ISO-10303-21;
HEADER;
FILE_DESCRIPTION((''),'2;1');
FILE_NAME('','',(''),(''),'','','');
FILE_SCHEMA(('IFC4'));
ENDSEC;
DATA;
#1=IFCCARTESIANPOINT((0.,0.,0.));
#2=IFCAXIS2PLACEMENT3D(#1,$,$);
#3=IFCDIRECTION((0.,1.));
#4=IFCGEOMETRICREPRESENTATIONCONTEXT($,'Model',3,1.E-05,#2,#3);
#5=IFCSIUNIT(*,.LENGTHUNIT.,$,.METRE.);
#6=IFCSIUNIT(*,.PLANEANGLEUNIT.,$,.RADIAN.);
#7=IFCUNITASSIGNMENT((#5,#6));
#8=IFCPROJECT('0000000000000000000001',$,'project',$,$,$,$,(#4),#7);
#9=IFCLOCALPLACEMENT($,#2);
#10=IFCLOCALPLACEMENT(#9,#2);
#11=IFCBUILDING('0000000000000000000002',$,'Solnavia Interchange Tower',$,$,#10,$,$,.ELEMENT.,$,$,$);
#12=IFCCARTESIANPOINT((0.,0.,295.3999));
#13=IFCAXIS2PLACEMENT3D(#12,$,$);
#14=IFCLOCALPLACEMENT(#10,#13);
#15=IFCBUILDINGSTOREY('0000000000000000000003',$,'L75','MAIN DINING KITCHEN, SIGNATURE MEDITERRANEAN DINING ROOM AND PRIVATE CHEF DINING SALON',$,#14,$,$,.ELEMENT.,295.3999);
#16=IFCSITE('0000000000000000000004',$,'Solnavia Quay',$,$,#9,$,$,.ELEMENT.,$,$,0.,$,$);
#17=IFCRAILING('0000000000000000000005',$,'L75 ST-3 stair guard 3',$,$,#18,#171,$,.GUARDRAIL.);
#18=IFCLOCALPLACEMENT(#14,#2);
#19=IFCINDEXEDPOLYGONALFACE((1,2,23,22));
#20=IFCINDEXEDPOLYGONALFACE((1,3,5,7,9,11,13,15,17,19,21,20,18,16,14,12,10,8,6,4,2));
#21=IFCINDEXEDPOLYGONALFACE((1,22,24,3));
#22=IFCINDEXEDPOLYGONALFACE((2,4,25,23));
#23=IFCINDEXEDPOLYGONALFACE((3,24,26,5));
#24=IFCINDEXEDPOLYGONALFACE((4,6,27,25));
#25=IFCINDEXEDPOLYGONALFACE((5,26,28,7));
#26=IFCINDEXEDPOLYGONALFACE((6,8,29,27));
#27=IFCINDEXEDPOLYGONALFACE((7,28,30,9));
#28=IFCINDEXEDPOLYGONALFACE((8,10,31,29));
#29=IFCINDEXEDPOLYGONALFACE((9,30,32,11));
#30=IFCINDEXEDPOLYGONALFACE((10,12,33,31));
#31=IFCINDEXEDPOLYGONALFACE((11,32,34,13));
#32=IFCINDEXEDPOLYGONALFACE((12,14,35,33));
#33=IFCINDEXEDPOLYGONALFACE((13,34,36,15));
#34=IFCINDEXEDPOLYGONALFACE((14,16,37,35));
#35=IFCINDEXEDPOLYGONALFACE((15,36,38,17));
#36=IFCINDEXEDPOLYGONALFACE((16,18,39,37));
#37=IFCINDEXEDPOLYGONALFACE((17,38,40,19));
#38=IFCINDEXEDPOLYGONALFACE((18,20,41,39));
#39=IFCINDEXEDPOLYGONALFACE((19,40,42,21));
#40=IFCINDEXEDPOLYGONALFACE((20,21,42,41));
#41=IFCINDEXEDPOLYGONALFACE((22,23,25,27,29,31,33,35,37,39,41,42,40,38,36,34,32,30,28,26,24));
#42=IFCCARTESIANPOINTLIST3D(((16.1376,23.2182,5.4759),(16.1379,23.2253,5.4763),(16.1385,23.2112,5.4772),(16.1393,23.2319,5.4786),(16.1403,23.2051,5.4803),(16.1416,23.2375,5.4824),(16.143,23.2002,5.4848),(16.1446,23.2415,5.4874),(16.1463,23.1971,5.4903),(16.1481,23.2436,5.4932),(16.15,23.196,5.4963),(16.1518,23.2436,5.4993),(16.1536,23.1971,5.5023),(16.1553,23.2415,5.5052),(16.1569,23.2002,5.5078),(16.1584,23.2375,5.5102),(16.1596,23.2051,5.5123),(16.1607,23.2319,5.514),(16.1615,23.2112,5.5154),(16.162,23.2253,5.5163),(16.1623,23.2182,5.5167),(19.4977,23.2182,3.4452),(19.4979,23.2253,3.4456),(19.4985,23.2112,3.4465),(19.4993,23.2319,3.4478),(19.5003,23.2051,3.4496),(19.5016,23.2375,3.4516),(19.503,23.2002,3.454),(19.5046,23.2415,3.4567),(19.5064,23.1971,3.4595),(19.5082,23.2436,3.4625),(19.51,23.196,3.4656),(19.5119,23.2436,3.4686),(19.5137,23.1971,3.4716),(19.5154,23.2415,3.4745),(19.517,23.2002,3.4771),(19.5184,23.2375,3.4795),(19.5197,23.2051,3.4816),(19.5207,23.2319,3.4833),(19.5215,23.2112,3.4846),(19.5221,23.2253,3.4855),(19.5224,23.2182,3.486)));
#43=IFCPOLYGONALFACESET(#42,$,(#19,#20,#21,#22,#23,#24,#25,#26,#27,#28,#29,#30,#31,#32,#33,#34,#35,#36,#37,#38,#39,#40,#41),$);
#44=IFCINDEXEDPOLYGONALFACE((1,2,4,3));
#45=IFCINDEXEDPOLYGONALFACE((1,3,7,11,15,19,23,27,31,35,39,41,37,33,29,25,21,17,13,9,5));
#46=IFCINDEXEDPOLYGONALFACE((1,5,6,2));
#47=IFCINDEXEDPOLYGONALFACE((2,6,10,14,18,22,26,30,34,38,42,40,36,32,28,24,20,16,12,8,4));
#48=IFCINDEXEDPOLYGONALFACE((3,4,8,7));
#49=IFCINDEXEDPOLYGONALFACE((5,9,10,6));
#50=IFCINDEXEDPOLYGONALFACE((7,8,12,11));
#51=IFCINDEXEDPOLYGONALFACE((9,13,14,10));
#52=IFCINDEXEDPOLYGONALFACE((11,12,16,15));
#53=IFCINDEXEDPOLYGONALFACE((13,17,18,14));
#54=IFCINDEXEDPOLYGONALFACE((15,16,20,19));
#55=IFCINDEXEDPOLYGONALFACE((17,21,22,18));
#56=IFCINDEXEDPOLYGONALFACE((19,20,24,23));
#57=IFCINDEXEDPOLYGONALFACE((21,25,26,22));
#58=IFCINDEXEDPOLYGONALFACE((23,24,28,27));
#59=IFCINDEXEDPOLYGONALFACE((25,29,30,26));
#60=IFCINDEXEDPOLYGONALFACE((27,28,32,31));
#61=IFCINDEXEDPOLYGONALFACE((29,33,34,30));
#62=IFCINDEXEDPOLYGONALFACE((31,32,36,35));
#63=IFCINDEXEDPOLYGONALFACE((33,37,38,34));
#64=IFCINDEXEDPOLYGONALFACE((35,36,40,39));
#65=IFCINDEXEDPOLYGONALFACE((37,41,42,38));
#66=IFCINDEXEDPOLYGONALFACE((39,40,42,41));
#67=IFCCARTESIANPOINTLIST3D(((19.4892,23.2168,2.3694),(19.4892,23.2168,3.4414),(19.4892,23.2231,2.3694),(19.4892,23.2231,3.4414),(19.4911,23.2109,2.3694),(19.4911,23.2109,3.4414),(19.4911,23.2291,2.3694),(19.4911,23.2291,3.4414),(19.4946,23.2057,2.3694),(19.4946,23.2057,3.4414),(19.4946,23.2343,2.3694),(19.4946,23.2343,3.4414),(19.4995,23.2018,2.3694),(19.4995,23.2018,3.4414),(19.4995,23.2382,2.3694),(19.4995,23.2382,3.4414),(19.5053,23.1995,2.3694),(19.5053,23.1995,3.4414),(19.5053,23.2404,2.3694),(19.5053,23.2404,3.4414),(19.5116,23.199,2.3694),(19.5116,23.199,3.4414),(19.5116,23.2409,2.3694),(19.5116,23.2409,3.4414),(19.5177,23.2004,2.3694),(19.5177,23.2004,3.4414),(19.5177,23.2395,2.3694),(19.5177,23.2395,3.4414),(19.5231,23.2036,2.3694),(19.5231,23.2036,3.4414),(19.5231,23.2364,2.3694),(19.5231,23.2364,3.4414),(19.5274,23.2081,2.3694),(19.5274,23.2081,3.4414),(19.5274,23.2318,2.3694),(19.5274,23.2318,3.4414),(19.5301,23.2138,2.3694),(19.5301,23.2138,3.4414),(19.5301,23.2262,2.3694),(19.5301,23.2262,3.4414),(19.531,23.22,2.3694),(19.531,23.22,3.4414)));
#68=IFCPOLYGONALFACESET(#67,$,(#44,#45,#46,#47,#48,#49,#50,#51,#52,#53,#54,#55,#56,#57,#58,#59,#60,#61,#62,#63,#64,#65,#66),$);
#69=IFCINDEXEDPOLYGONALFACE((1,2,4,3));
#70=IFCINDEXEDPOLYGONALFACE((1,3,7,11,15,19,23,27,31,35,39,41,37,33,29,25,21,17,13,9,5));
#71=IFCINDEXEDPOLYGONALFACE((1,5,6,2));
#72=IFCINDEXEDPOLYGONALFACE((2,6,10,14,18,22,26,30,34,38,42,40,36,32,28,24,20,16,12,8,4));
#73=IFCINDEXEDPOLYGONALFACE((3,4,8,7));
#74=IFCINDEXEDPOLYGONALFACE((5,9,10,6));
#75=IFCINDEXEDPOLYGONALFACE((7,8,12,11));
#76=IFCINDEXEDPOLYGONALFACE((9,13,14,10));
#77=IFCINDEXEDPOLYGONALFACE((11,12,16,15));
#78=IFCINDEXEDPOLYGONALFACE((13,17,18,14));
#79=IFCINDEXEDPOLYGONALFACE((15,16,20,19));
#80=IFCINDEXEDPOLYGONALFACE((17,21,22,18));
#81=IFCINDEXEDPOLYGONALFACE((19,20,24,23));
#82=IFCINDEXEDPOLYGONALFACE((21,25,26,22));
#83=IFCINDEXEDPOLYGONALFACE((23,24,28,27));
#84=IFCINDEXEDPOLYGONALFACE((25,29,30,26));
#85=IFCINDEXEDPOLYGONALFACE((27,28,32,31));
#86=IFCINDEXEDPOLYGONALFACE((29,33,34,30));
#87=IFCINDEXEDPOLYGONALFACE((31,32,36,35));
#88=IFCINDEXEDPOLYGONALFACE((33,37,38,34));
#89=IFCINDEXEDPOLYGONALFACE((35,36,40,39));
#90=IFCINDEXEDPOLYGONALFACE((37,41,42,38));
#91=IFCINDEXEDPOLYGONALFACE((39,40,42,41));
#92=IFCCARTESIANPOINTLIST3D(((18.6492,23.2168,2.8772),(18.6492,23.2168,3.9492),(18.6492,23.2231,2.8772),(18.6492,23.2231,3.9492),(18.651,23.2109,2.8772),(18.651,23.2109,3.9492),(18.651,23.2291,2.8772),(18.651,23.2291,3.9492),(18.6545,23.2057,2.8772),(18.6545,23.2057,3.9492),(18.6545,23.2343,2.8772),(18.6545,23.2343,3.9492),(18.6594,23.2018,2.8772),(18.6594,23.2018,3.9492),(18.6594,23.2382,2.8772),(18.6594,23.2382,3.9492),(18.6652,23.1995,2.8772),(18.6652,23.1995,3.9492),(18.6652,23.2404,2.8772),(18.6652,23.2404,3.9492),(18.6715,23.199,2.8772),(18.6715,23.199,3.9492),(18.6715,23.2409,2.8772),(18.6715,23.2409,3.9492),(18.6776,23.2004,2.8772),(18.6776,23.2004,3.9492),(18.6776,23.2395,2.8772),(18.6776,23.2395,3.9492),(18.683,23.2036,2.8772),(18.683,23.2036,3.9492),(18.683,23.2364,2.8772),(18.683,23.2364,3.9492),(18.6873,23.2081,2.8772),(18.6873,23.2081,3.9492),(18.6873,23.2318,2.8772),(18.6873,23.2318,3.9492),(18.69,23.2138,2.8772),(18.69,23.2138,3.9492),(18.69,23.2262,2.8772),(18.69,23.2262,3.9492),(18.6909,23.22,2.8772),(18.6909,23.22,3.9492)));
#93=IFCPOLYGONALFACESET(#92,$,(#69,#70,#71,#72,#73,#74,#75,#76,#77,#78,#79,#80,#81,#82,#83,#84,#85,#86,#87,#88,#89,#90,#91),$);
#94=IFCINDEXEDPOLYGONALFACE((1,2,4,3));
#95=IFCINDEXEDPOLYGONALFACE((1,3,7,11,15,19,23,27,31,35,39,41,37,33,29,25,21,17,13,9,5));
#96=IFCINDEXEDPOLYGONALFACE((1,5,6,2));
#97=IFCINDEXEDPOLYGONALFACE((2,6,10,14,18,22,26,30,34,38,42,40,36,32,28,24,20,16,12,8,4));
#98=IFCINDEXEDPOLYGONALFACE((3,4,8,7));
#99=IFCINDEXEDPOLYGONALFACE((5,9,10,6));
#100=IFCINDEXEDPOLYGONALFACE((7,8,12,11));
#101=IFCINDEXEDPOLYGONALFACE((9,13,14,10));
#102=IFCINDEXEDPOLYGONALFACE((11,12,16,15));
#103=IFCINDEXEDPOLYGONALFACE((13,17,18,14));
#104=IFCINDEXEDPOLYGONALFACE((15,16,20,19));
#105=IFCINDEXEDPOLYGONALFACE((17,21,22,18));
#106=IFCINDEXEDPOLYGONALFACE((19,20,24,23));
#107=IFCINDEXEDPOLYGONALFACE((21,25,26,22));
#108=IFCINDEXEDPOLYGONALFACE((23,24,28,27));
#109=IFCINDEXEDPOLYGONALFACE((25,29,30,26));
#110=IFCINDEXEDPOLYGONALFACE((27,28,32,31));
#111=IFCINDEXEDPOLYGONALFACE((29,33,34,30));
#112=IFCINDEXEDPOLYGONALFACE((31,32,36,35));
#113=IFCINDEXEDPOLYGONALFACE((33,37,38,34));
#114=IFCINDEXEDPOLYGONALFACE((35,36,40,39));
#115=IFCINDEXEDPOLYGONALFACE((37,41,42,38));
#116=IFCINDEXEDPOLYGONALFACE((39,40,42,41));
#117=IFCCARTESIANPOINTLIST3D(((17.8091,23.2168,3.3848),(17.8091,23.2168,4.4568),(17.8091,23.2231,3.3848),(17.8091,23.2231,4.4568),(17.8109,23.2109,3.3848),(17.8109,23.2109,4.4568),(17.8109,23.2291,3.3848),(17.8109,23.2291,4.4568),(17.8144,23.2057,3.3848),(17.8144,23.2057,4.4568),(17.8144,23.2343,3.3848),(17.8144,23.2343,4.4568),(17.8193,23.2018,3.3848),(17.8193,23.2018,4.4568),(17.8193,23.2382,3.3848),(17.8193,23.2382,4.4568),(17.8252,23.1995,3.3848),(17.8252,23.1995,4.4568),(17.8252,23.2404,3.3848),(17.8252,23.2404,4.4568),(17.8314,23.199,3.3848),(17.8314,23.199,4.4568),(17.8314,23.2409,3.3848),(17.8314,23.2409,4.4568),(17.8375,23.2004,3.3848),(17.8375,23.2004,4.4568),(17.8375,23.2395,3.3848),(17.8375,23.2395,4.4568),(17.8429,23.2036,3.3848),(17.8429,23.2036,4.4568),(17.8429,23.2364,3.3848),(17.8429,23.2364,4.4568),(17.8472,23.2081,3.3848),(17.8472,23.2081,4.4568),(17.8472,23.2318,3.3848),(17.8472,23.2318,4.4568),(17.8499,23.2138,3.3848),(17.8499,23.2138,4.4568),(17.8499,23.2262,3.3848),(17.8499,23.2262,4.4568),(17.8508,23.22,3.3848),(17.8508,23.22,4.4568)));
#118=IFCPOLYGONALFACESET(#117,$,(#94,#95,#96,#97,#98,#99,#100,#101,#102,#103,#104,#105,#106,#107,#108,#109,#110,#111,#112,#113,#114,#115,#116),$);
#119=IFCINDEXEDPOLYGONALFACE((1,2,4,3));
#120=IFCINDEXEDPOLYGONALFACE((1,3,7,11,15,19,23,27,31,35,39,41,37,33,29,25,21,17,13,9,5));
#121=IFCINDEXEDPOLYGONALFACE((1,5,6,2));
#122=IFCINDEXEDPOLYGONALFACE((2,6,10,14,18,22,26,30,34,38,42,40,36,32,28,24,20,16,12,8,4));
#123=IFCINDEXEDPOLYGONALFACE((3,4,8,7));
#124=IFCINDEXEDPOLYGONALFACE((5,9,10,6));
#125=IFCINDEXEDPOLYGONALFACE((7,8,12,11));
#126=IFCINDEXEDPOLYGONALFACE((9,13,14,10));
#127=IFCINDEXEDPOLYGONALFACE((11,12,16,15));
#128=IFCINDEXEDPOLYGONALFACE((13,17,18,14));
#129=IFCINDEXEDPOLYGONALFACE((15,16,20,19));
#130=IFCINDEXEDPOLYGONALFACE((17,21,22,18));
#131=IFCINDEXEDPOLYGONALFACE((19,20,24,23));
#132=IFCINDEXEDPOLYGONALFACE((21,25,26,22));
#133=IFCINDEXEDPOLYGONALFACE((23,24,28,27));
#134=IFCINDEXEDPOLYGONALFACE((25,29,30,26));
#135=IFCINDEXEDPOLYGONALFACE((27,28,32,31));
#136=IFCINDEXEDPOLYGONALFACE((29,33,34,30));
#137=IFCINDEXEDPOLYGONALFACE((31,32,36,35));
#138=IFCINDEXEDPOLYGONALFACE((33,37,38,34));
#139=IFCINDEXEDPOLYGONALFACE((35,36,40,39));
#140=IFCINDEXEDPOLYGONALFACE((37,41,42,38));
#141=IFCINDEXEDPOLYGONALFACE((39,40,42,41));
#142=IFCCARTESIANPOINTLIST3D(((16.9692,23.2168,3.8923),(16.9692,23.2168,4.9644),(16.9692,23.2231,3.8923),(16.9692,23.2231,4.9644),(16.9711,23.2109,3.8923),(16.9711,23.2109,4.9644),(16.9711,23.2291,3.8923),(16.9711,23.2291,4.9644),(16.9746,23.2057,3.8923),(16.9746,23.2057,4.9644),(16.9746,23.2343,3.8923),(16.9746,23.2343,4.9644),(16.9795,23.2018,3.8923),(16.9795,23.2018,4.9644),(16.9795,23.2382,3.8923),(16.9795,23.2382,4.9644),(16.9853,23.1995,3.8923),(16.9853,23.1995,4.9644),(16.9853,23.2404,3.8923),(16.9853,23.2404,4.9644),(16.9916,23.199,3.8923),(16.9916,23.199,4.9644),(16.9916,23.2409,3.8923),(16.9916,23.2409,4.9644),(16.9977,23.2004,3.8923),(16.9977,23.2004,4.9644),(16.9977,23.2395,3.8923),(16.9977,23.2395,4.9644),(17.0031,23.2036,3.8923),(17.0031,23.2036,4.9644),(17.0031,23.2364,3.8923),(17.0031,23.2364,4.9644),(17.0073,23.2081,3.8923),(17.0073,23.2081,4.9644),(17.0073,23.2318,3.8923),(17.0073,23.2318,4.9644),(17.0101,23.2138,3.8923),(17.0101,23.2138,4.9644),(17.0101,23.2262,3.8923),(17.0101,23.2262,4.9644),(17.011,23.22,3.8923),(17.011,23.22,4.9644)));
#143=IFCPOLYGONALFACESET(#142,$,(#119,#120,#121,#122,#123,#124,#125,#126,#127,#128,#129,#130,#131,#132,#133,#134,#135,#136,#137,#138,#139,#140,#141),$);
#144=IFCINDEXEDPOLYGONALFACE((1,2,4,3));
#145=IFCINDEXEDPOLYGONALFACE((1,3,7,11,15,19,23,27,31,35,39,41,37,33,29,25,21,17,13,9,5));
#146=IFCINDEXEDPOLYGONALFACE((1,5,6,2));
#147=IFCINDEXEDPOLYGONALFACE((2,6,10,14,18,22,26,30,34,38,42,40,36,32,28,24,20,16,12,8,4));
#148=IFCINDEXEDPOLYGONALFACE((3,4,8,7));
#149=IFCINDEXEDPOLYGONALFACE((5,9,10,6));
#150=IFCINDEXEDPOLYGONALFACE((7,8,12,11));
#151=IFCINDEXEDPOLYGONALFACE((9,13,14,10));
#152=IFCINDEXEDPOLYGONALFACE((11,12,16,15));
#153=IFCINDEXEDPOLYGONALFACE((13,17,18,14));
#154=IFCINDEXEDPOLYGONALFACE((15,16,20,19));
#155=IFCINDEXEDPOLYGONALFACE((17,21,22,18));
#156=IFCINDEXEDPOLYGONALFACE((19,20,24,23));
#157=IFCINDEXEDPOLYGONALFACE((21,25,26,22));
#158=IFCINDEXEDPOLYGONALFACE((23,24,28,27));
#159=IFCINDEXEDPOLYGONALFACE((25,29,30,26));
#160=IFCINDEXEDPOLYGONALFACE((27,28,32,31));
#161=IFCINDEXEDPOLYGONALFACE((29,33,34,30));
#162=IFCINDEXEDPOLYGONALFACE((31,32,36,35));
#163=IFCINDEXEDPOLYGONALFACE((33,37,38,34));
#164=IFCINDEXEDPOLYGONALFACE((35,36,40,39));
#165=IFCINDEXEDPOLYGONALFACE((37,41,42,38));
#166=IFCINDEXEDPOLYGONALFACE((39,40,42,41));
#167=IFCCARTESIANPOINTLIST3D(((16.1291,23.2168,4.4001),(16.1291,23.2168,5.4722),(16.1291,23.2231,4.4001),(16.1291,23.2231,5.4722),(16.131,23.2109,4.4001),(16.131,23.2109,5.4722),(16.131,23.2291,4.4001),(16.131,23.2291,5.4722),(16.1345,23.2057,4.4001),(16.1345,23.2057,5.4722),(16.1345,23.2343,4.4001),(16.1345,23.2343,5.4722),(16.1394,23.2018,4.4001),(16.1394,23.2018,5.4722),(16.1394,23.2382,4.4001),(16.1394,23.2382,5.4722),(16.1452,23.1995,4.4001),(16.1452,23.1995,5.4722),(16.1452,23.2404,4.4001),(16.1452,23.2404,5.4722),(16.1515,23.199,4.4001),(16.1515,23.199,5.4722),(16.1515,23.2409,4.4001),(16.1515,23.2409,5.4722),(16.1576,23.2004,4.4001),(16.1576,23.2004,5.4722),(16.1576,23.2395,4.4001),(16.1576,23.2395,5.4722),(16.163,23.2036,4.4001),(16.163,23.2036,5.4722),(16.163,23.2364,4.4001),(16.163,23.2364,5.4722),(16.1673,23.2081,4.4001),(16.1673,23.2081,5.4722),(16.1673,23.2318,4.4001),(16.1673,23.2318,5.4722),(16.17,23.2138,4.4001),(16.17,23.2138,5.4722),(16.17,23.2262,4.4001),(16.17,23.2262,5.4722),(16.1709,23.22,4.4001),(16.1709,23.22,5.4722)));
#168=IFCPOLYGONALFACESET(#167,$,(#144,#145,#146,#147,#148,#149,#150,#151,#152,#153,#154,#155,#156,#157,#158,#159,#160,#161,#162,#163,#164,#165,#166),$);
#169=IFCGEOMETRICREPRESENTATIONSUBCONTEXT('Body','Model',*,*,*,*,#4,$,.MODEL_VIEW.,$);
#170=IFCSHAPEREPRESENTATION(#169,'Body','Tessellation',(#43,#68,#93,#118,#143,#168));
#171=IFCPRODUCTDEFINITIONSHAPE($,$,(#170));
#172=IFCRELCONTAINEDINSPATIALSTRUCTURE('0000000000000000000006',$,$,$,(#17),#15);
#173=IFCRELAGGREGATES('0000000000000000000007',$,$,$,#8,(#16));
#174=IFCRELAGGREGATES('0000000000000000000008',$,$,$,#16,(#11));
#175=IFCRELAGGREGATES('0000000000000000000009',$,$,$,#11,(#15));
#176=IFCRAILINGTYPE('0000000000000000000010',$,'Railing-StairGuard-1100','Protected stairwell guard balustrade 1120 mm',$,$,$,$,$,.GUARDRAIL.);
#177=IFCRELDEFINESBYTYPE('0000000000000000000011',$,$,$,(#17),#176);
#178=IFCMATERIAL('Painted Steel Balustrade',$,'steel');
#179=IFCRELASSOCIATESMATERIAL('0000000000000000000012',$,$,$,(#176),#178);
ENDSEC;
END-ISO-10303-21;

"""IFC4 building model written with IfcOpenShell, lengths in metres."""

from ifc_helpers import new_model, si_unit, direction, frame, origin, origin_2d, place, context, subcontext, project, spatial, circle, extrude, material, type_object, element, save


model = new_model("IFC4")

# Units and contexts
model_context = context("Model", 3, precision=1e-05, world=origin(), true_north=direction((0.0, 1.0)))
body_context = subcontext(model_context, "Body", "Model", "MODEL_VIEW")
ifc_project = project(units=[si_unit("LENGTHUNIT", "METRE"), si_unit("PLANEANGLEUNIT", "RADIAN")], contexts=[model_context])

# Site, building, storey
site_placement = place(None, origin())
site = spatial("IfcSite", under=ifc_project, at=site_placement, Name="Solnavia Quay", CompositionType="ELEMENT", RefElevation=0.0)
building_placement = place(site_placement, origin())
building = spatial("IfcBuilding", under=site, at=building_placement, Name="Solnavia Interchange Tower", CompositionType="ELEMENT")
storey_placement = place(building_placement, frame((0.0, 0.0, 295.3999)))
storey = spatial("IfcBuildingStorey", under=building, at=storey_placement, Name="L75", Description="MAIN DINING KITCHEN, SIGNATURE MEDITERRANEAN DINING ROOM AND PRIVATE CHEF DINING SALON", CompositionType="ELEMENT", Elevation=295.3999)

# Railing
ifc_material_1 = material(Name="Painted Steel Balustrade", Category="steel")
railing_type_1 = type_object("IfcRailingType", Name="Railing-StairGuard-1100", Description="Protected stairwell guard balustrade 1120 mm", PredefinedType="GUARDRAIL", material=ifc_material_1)
railing_1_placement = place(storey_placement, frame((19.51, 23.22, 2.3694)))
element("IfcRailing", 1, at=railing_1_placement, inside=storey, type_object=railing_type_1, Name="L75 ST-3 stair guard 3", PredefinedType="GUARDRAIL", context=body_context, shape_type="SweptSolid", body=[
    extrude(circle(Radius=0.0239, at=origin_2d()), frame((0.0, 0.0, 1.0962), z_axis=(-0.855837, 0.0, 0.517246), x_axis=(0.0, -1.0, 0.0)), (0.0, 0.0, 1.0), 3.926),
    extrude(circle(Radius=0.021, at=origin_2d()), origin(), (0.0, 0.0, 1.0), 1.072),
    extrude(circle(Radius=0.021, at=origin_2d()), frame((-0.8401, 0.0, 0.5078)), (0.0, 0.0, 1.0), 1.072),
    extrude(circle(Radius=0.021, at=origin_2d()), frame((-1.6802, 0.0, 1.0154)), (0.0, 0.0, 1.0), 1.072),
    extrude(circle(Radius=0.021, at=origin_2d()), frame((-2.52, 0.0, 1.5229)), (0.0, 0.0, 1.0), 1.072),
    extrude(circle(Radius=0.021, at=origin_2d()), frame((-3.3601, 0.0, 2.0308)), (0.0, 0.0, 1.0), 1.072),
])

save(model, "model.ifc")
